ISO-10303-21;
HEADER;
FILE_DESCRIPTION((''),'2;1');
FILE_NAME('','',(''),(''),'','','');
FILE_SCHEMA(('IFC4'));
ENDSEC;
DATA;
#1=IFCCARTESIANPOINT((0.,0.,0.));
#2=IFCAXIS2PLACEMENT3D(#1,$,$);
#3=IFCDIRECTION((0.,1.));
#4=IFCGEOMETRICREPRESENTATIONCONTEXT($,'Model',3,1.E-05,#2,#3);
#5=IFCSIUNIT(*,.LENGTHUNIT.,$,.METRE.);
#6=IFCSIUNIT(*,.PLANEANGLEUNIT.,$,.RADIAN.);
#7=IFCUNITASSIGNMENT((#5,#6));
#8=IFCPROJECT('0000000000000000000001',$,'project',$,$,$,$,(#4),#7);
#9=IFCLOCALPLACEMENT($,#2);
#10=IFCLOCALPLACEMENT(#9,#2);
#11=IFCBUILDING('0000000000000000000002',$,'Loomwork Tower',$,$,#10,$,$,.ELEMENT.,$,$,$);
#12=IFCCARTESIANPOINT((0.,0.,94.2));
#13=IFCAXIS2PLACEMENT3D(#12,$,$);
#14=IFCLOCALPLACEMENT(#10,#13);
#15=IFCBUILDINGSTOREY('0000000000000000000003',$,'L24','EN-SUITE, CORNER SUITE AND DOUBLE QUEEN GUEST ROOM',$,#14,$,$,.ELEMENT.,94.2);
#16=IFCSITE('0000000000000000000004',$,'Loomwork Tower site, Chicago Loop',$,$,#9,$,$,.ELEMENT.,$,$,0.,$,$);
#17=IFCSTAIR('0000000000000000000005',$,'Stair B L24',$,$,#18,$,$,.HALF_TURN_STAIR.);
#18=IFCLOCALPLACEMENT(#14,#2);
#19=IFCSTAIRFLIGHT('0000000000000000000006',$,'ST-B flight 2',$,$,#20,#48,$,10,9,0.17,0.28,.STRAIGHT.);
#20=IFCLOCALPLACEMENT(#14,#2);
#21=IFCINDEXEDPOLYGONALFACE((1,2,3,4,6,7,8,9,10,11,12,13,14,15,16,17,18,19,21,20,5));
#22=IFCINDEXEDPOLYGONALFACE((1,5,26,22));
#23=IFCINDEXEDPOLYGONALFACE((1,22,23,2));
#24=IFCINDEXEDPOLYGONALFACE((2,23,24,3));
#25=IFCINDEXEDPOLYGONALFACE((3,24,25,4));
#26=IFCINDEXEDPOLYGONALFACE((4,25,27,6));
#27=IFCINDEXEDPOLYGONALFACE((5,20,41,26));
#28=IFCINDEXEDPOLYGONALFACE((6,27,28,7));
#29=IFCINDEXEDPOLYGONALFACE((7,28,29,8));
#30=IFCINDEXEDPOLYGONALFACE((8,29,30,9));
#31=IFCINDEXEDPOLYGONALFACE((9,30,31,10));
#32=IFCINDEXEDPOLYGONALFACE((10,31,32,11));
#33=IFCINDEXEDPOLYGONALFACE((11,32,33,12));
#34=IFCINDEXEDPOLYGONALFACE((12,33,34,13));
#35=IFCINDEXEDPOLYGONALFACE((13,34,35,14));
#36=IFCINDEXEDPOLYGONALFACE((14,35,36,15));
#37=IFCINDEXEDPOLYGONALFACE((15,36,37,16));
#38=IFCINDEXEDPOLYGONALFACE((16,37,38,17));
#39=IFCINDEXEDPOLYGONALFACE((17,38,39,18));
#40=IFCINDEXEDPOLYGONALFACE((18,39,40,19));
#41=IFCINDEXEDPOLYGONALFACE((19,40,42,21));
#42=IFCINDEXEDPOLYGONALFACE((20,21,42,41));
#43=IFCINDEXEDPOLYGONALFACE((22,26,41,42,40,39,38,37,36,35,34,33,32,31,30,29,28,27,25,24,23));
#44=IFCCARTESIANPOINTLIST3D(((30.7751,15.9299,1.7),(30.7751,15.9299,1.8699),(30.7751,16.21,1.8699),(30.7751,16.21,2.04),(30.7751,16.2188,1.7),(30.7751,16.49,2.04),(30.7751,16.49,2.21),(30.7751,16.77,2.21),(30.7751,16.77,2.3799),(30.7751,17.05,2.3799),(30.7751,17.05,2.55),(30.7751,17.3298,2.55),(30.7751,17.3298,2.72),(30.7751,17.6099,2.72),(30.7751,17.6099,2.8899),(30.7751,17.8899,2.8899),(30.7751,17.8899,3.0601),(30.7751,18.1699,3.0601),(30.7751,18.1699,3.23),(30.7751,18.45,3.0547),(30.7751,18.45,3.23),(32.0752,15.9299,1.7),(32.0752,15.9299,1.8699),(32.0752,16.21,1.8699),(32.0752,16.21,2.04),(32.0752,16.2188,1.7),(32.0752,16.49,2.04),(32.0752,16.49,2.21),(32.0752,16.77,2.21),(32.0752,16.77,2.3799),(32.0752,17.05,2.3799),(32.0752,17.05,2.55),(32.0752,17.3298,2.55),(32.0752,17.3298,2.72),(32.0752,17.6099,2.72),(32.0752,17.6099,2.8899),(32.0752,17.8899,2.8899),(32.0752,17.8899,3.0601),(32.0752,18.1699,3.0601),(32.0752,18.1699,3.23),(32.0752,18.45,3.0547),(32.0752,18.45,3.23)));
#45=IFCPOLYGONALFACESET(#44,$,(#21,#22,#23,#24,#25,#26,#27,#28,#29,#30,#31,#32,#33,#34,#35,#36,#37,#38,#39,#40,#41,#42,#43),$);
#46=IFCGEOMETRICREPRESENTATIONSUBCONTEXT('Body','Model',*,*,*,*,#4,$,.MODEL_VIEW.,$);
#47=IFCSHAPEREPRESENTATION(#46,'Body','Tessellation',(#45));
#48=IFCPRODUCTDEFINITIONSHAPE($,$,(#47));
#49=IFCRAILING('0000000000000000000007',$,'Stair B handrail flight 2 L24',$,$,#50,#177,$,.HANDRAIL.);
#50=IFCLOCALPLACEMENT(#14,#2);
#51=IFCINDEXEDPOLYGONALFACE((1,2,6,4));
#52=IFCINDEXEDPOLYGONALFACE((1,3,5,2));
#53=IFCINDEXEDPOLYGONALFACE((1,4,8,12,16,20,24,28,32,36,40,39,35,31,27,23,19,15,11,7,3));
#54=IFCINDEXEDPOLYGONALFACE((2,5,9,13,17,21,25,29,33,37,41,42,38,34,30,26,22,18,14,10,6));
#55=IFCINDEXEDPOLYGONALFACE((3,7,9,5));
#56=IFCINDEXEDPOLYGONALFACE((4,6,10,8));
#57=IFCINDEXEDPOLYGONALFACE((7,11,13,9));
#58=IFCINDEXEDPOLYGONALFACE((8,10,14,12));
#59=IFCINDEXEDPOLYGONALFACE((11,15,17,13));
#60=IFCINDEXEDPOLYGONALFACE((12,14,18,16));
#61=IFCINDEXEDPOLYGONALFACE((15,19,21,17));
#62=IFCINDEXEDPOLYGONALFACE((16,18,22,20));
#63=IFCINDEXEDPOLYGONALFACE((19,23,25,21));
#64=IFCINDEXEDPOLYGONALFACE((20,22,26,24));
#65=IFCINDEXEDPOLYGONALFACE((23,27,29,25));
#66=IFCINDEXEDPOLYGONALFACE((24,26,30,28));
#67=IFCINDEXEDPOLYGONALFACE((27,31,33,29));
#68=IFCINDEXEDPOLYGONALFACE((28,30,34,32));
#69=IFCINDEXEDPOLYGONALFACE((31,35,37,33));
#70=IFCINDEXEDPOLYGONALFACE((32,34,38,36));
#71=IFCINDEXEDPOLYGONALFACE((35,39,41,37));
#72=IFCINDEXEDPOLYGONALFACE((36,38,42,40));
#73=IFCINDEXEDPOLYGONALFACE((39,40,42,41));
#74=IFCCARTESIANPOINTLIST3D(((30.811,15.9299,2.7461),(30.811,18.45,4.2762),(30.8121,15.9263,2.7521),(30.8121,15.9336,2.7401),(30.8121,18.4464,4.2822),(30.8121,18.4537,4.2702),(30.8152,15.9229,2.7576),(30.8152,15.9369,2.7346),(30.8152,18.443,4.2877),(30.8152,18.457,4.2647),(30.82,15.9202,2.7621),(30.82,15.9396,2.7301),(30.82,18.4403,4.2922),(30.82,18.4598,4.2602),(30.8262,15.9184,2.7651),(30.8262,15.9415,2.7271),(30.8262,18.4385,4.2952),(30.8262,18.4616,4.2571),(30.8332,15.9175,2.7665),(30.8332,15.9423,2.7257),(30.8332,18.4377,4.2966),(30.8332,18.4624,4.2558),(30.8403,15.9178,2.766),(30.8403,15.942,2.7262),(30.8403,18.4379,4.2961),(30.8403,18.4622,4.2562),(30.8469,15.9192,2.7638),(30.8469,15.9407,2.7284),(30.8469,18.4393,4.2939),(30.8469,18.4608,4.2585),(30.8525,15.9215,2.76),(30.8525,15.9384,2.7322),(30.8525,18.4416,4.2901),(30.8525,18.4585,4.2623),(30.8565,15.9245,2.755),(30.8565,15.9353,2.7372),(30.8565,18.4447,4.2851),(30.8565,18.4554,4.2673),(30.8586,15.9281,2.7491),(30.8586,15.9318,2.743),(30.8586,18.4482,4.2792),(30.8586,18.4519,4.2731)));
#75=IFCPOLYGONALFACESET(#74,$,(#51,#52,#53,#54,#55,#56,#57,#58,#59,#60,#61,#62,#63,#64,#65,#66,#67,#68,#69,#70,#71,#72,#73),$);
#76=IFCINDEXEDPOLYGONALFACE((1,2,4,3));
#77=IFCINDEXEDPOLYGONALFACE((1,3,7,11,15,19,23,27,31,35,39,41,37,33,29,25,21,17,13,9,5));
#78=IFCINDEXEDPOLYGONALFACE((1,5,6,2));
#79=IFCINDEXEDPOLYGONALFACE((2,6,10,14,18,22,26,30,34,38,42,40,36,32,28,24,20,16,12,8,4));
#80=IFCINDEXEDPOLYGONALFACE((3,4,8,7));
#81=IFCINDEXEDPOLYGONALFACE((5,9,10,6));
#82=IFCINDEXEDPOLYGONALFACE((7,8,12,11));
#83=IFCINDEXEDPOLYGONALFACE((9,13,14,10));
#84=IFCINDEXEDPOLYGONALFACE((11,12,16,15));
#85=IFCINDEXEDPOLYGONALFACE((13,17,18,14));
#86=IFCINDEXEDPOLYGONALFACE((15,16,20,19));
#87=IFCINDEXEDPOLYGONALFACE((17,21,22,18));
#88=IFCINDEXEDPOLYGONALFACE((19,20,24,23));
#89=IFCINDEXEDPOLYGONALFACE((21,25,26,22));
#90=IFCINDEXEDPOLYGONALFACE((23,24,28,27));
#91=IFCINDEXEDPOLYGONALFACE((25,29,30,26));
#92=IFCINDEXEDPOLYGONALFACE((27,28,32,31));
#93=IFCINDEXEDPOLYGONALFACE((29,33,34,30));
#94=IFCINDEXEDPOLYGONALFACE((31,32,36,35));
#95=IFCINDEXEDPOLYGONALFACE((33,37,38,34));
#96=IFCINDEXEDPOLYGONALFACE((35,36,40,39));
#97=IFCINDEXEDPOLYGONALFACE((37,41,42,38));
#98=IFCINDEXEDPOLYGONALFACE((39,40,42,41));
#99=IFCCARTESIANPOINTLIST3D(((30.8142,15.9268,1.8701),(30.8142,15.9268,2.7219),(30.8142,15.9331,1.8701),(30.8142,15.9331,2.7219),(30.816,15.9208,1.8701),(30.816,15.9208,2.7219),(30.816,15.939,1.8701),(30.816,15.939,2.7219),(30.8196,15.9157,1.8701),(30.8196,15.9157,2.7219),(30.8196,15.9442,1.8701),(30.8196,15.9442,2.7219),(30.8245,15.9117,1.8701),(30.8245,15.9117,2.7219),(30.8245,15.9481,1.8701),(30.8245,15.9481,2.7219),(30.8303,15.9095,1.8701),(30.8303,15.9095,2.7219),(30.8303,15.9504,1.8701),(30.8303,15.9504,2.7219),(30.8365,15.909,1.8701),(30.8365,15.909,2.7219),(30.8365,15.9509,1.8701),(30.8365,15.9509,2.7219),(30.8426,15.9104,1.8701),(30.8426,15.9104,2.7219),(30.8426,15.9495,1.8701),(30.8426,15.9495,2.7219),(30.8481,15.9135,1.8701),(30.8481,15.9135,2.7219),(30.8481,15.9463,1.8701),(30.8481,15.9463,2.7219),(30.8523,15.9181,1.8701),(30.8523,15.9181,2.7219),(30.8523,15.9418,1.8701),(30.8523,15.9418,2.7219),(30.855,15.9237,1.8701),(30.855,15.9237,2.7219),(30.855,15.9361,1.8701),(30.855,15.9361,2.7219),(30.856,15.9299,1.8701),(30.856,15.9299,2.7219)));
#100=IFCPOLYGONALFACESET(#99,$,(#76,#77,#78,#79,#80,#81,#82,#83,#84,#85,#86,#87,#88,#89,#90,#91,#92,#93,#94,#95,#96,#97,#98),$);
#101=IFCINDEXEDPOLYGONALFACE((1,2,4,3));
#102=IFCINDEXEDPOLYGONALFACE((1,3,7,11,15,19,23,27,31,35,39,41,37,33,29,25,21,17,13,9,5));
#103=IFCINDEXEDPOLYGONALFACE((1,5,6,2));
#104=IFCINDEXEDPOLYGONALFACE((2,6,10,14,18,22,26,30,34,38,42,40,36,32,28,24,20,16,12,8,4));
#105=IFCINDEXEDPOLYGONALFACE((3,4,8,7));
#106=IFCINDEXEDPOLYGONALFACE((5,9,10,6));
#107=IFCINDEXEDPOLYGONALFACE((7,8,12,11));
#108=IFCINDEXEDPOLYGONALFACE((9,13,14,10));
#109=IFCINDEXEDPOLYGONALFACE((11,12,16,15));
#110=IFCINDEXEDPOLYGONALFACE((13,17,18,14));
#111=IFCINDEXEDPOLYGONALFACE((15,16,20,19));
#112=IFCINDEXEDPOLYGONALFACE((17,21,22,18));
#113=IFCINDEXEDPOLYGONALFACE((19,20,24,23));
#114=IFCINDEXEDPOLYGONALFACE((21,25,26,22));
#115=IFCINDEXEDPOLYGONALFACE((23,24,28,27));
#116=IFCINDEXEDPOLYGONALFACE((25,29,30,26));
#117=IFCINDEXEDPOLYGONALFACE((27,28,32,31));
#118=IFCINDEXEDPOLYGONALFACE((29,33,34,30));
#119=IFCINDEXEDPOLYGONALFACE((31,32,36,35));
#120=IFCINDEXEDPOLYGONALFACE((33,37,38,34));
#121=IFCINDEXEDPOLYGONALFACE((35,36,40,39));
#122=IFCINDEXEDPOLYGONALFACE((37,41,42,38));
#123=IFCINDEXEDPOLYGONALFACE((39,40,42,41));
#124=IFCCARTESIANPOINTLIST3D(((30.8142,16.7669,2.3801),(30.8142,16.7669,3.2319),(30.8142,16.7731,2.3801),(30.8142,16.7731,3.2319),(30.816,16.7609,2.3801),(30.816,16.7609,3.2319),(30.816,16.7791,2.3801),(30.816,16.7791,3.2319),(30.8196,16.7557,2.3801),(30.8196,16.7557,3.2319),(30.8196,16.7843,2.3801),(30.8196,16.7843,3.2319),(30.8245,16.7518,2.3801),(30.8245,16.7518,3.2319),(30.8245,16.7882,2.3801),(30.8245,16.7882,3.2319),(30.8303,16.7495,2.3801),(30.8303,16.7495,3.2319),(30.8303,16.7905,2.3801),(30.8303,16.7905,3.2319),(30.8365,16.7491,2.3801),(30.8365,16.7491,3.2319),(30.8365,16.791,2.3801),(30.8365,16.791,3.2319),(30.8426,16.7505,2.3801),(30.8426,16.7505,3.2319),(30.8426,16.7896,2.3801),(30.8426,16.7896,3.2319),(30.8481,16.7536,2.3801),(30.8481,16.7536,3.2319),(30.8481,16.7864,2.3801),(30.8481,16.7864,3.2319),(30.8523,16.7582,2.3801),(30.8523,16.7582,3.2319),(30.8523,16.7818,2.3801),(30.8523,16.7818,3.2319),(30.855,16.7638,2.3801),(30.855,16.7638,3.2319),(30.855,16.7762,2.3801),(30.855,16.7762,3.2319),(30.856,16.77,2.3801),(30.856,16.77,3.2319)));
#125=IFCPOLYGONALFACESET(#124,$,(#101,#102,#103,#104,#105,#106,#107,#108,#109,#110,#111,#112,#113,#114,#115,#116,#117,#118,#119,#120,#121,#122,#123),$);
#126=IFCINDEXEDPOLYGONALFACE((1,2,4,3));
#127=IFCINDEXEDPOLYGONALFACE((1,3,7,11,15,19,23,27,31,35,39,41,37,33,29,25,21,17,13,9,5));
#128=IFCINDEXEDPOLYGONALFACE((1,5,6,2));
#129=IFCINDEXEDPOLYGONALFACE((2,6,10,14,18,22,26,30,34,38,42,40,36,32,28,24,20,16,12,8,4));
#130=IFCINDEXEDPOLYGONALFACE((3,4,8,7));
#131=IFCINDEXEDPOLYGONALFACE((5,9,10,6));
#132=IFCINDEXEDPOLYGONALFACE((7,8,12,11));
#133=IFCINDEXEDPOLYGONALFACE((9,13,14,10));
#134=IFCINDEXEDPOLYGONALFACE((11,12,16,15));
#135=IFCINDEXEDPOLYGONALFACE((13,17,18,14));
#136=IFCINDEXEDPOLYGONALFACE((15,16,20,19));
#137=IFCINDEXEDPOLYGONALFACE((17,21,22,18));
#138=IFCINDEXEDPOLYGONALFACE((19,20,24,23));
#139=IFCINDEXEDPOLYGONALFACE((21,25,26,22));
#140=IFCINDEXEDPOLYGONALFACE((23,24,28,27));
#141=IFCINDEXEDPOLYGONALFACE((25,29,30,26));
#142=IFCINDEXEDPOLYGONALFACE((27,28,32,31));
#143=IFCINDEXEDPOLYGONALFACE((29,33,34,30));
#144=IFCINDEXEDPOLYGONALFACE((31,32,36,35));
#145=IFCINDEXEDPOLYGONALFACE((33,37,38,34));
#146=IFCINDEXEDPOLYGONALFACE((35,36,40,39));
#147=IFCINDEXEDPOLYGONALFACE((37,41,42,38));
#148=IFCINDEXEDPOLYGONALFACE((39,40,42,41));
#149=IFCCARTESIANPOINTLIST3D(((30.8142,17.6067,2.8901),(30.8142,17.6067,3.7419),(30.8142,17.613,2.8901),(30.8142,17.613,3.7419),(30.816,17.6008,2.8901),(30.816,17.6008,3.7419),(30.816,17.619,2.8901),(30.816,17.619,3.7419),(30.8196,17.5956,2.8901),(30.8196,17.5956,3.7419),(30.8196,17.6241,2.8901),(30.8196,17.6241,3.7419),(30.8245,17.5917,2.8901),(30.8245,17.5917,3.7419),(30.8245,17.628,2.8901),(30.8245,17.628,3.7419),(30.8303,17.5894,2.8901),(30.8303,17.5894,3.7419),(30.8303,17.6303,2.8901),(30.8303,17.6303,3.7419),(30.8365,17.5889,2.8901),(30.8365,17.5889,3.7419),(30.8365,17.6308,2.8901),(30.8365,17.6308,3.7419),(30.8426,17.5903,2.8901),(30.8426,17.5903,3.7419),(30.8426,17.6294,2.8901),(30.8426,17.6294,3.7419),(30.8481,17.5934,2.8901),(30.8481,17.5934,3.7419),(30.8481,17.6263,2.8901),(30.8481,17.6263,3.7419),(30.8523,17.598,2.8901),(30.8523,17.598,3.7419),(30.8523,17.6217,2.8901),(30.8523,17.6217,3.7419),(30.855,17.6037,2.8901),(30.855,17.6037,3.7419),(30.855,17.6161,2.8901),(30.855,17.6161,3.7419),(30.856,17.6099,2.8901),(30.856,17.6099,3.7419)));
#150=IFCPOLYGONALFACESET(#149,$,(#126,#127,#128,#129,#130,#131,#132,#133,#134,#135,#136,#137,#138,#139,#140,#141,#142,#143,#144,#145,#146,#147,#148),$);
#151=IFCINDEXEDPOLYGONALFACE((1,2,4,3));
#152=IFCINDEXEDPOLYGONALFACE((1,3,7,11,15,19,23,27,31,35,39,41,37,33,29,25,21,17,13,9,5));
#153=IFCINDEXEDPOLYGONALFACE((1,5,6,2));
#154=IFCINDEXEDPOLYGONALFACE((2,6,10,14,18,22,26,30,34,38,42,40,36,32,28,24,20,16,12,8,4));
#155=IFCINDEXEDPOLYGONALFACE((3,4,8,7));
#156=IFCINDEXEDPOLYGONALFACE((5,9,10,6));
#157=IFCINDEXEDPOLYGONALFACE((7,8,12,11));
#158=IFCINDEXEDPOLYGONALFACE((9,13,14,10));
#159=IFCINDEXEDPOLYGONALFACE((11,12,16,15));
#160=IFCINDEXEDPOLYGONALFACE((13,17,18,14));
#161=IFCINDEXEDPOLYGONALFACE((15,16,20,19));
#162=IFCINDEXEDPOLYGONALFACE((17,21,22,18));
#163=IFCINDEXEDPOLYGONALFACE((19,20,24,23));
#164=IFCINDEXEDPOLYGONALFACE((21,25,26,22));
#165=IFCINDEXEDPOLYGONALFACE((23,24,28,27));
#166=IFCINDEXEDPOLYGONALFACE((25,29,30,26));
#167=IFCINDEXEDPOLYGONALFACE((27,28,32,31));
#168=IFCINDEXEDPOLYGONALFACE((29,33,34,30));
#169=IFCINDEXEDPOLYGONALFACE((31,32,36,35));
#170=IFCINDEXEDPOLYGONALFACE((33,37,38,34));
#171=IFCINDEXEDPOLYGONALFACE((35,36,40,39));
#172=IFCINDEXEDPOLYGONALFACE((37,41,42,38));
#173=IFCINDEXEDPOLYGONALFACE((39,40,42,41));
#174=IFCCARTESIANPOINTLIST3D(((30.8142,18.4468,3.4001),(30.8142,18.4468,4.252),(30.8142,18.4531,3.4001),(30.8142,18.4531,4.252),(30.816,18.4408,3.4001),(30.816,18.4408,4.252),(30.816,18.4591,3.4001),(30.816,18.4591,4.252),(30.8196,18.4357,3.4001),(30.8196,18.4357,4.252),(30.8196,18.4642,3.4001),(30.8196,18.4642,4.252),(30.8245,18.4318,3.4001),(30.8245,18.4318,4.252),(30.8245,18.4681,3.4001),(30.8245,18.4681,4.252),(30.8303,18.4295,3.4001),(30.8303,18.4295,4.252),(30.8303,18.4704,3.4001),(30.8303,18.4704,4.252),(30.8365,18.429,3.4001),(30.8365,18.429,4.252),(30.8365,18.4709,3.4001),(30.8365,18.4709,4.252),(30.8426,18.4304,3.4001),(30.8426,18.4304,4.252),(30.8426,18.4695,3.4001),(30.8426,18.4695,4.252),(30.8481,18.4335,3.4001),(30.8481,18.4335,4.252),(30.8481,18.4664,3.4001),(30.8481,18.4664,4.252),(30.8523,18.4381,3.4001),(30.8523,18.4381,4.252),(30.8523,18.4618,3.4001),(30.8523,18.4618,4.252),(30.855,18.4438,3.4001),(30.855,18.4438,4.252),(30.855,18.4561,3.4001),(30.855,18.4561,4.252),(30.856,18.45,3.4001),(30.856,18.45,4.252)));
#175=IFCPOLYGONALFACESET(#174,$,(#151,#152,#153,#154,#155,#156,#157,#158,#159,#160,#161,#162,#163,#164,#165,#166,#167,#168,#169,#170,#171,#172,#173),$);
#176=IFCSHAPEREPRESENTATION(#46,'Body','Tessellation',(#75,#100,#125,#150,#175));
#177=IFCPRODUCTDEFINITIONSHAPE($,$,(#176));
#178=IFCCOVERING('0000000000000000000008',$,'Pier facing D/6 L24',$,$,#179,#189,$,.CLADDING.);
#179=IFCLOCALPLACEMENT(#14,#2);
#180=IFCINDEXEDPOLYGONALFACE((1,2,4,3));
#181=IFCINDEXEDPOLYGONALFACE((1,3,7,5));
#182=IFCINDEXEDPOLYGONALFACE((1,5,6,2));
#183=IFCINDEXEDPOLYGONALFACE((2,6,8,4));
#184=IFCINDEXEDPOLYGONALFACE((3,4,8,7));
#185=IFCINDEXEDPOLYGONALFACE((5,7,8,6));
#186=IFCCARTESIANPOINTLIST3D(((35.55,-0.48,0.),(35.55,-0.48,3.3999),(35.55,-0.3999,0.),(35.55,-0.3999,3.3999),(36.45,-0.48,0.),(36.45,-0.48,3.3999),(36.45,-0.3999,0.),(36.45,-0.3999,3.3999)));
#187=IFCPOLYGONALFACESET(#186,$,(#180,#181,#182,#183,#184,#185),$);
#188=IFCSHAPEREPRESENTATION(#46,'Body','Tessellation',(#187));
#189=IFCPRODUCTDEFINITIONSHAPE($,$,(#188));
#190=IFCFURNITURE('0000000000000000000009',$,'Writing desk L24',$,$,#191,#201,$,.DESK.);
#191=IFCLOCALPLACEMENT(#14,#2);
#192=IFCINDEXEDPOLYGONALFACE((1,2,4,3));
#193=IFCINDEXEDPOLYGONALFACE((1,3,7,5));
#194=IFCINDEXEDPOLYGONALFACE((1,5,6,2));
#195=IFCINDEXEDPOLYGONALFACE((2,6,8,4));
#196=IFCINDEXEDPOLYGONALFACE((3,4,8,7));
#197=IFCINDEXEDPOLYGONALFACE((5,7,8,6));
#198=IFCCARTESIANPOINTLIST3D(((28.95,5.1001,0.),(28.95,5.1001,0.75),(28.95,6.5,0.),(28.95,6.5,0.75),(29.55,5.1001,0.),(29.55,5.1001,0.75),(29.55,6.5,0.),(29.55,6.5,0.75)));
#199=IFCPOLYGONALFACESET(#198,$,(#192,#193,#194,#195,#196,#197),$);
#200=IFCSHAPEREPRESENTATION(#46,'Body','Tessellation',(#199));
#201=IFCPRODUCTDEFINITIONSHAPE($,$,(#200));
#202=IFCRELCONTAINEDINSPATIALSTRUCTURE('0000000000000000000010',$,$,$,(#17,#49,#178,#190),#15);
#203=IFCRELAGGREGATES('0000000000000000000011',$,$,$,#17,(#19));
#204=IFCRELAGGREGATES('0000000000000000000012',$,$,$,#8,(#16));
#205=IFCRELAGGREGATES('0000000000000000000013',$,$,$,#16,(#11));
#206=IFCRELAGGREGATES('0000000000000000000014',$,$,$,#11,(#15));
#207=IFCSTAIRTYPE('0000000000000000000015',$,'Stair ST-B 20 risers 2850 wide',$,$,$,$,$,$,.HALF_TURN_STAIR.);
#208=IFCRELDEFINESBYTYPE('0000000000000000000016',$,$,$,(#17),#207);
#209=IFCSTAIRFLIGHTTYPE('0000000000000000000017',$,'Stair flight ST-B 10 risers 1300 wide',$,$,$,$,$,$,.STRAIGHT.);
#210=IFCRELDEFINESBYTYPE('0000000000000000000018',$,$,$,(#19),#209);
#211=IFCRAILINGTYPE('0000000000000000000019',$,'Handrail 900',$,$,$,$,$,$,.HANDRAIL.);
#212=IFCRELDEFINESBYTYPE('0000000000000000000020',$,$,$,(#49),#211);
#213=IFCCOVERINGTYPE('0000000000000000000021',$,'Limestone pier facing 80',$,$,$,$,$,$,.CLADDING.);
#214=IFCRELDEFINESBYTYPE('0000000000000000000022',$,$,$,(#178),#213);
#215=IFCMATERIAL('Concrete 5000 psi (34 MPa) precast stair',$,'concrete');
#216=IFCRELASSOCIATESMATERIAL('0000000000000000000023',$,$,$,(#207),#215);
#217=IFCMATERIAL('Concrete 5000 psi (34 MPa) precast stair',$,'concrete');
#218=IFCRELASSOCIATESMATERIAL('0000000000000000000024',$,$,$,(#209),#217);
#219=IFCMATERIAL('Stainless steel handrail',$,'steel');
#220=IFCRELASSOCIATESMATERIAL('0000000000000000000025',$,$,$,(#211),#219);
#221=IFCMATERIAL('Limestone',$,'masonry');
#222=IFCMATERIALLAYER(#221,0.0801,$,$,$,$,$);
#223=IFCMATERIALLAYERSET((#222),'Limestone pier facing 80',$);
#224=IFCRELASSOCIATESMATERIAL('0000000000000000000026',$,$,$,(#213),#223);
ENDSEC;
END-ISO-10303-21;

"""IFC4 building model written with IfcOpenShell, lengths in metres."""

from ifc_helpers import new_model, si_unit, direction, frame, origin, origin_2d, place, context, subcontext, project, spatial, polyline, rectangle, circle, outline, extrude, material, layer, layer_set, type_object, element, aggregate, save


model = new_model("IFC4")

# Units and contexts
model_context = context("Model", 3, precision=1e-05, world=origin(), true_north=direction((0.0, 1.0)))
body_context = subcontext(model_context, "Body", "Model", "MODEL_VIEW")
ifc_project = project(units=[si_unit("LENGTHUNIT", "METRE"), si_unit("PLANEANGLEUNIT", "RADIAN")], contexts=[model_context])

# Site, building, storey
site_placement = place(None, origin())
site = spatial("IfcSite", under=ifc_project, at=site_placement, Name="Loomwork Tower site, Chicago Loop", CompositionType="ELEMENT", RefElevation=0.0)
building_placement = place(site_placement, origin())
building = spatial("IfcBuilding", under=site, at=building_placement, Name="Loomwork Tower", CompositionType="ELEMENT")
storey_placement = place(building_placement, frame((0.0, 0.0, 94.2)))
storey = spatial("IfcBuildingStorey", under=building, at=storey_placement, Name="L24", Description="EN-SUITE, CORNER SUITE AND DOUBLE QUEEN GUEST ROOM", CompositionType="ELEMENT", Elevation=94.2)

# Stair, stair flight
ifc_material_1 = material(Name="Concrete 5000 psi (34 MPa) precast stair", Category="concrete")
stair_type = type_object("IfcStairType", Name="Stair ST-B 20 risers 2850 wide", PredefinedType="HALF_TURN_STAIR", material=ifc_material_1)
stair_placement = place(storey_placement, origin())
stair = element("IfcStair", 1, at=stair_placement, inside=storey, type_object=stair_type, Name="Stair B L24", PredefinedType="HALF_TURN_STAIR")
ifc_material_2 = material(Name="Concrete 5000 psi (34 MPa) precast stair", Category="concrete")
stair_flight_type = type_object("IfcStairFlightType", Name="Stair flight ST-B 10 risers 1300 wide", PredefinedType="STRAIGHT", material=ifc_material_2)
stair_flight_placement = place(storey_placement, frame((31.425, 15.9299, 1.7), z_axis=(0.0, 0.0, 1.0), x_axis=(0.0, 1.0, 0.0)))
stair_flight = element("IfcStairFlight", 2, at=stair_flight_placement, type_object=stair_flight_type, Name="ST-B flight 2", NumberOfRisers=10, NumberOfTreads=9, PredefinedType="STRAIGHT", RiserHeight=0.17, TreadLength=0.28, context=body_context, shape_type="SweptSolid", body=[
    extrude(outline(polyline([(0.0, 0.0), (0.0, 0.1699), (0.28, 0.1699), (0.28, 0.3401), (0.5601, 0.3401), (0.5601, 0.51), (0.8401, 0.51), (0.8401, 0.6799), (1.1201, 0.6799), (1.1201, 0.8501), (1.3999, 0.8501), (1.3999, 1.02), (1.6799, 1.02), (1.6799, 1.1899), (1.96, 1.1899), (1.96, 1.3601), (2.24, 1.3601), (2.24, 1.53), (2.52, 1.53), (2.52, 1.7), (2.52, 1.3547), (0.2888, 0.0), (0.0, 0.0)])), frame((0.0, 0.6499, 0.0), z_axis=(0.0, -1.0, 0.0), x_axis=(1.0, 0.0, 0.0)), (0.0, 0.0, 1.0), 1.3),
])
aggregate(stair, [stair_flight])

# Railing
ifc_material_3 = material(Name="Stainless steel handrail", Category="steel")
railing_type = type_object("IfcRailingType", Name="Handrail 900", PredefinedType="HANDRAIL", material=ifc_material_3)
railing_placement = place(storey_placement, frame((30.835, 15.9299, 1.8701)))
element("IfcRailing", 3, at=railing_placement, inside=storey, type_object=railing_type, Name="Stair B handrail flight 2 L24", PredefinedType="HANDRAIL", context=body_context, shape_type="SweptSolid", body=[
    extrude(circle(Radius=0.0239, at=origin_2d()), frame((0.0, 0.0, 0.876), z_axis=(0.0, 0.854785, 0.518982), x_axis=(-1.0, 0.0, 0.0)), (0.0, 0.0, 1.0), 2.9482),
    extrude(circle(Radius=0.021, at=origin_2d()), origin(), (0.0, 0.0, 1.0), 0.8518),
    extrude(circle(Radius=0.021, at=origin_2d()), frame((0.0, 0.8401, 0.51)), (0.0, 0.0, 1.0), 0.8518),
    extrude(circle(Radius=0.021, at=origin_2d()), frame((0.0, 1.6799, 1.02)), (0.0, 0.0, 1.0), 0.8518),
    extrude(circle(Radius=0.021, at=origin_2d()), frame((0.0, 2.52, 1.53)), (0.0, 0.0, 1.0), 0.8518),
])

# Covering
ifc_material_4 = material(Name="Limestone", Category="masonry")
ifc_layer_1 = layer(ifc_material_4, 0.0801)
ifc_layer_set_1 = layer_set([ifc_layer_1], Name="Limestone pier facing 80")
covering_type = type_object("IfcCoveringType", Name="Limestone pier facing 80", PredefinedType="CLADDING", material=ifc_layer_set_1)
covering_placement = place(storey_placement, frame((36.0, -0.4399, 0.0), z_axis=(0.0, 0.0, 1.0), x_axis=(1.0, 0.0, 0.0)))
element("IfcCovering", 4, at=covering_placement, inside=storey, type_object=covering_type, Name="Pier facing D/6 L24", PredefinedType="CLADDING", context=body_context, shape_type="SweptSolid", body=[
    extrude(rectangle(XDim=0.8999, YDim=0.0801, at=origin_2d()), origin(), (0.0, 0.0, 1.0), 3.3999),
])

# Furniture
furniture_1_placement = place(storey_placement, frame((29.25, 5.8, 0.0), z_axis=(0.0, 0.0, 1.0), x_axis=(1.0, 0.0, 0.0)))
element("IfcFurniture", 5, at=furniture_1_placement, inside=storey, Name="Writing desk L24", PredefinedType="DESK", context=body_context, shape_type="SweptSolid", body=[
    extrude(rectangle(XDim=0.6001, YDim=1.3999, at=origin_2d()), origin(), (0.0, 0.0, 1.0), 0.75),
])

save(model, "model.ifc")
